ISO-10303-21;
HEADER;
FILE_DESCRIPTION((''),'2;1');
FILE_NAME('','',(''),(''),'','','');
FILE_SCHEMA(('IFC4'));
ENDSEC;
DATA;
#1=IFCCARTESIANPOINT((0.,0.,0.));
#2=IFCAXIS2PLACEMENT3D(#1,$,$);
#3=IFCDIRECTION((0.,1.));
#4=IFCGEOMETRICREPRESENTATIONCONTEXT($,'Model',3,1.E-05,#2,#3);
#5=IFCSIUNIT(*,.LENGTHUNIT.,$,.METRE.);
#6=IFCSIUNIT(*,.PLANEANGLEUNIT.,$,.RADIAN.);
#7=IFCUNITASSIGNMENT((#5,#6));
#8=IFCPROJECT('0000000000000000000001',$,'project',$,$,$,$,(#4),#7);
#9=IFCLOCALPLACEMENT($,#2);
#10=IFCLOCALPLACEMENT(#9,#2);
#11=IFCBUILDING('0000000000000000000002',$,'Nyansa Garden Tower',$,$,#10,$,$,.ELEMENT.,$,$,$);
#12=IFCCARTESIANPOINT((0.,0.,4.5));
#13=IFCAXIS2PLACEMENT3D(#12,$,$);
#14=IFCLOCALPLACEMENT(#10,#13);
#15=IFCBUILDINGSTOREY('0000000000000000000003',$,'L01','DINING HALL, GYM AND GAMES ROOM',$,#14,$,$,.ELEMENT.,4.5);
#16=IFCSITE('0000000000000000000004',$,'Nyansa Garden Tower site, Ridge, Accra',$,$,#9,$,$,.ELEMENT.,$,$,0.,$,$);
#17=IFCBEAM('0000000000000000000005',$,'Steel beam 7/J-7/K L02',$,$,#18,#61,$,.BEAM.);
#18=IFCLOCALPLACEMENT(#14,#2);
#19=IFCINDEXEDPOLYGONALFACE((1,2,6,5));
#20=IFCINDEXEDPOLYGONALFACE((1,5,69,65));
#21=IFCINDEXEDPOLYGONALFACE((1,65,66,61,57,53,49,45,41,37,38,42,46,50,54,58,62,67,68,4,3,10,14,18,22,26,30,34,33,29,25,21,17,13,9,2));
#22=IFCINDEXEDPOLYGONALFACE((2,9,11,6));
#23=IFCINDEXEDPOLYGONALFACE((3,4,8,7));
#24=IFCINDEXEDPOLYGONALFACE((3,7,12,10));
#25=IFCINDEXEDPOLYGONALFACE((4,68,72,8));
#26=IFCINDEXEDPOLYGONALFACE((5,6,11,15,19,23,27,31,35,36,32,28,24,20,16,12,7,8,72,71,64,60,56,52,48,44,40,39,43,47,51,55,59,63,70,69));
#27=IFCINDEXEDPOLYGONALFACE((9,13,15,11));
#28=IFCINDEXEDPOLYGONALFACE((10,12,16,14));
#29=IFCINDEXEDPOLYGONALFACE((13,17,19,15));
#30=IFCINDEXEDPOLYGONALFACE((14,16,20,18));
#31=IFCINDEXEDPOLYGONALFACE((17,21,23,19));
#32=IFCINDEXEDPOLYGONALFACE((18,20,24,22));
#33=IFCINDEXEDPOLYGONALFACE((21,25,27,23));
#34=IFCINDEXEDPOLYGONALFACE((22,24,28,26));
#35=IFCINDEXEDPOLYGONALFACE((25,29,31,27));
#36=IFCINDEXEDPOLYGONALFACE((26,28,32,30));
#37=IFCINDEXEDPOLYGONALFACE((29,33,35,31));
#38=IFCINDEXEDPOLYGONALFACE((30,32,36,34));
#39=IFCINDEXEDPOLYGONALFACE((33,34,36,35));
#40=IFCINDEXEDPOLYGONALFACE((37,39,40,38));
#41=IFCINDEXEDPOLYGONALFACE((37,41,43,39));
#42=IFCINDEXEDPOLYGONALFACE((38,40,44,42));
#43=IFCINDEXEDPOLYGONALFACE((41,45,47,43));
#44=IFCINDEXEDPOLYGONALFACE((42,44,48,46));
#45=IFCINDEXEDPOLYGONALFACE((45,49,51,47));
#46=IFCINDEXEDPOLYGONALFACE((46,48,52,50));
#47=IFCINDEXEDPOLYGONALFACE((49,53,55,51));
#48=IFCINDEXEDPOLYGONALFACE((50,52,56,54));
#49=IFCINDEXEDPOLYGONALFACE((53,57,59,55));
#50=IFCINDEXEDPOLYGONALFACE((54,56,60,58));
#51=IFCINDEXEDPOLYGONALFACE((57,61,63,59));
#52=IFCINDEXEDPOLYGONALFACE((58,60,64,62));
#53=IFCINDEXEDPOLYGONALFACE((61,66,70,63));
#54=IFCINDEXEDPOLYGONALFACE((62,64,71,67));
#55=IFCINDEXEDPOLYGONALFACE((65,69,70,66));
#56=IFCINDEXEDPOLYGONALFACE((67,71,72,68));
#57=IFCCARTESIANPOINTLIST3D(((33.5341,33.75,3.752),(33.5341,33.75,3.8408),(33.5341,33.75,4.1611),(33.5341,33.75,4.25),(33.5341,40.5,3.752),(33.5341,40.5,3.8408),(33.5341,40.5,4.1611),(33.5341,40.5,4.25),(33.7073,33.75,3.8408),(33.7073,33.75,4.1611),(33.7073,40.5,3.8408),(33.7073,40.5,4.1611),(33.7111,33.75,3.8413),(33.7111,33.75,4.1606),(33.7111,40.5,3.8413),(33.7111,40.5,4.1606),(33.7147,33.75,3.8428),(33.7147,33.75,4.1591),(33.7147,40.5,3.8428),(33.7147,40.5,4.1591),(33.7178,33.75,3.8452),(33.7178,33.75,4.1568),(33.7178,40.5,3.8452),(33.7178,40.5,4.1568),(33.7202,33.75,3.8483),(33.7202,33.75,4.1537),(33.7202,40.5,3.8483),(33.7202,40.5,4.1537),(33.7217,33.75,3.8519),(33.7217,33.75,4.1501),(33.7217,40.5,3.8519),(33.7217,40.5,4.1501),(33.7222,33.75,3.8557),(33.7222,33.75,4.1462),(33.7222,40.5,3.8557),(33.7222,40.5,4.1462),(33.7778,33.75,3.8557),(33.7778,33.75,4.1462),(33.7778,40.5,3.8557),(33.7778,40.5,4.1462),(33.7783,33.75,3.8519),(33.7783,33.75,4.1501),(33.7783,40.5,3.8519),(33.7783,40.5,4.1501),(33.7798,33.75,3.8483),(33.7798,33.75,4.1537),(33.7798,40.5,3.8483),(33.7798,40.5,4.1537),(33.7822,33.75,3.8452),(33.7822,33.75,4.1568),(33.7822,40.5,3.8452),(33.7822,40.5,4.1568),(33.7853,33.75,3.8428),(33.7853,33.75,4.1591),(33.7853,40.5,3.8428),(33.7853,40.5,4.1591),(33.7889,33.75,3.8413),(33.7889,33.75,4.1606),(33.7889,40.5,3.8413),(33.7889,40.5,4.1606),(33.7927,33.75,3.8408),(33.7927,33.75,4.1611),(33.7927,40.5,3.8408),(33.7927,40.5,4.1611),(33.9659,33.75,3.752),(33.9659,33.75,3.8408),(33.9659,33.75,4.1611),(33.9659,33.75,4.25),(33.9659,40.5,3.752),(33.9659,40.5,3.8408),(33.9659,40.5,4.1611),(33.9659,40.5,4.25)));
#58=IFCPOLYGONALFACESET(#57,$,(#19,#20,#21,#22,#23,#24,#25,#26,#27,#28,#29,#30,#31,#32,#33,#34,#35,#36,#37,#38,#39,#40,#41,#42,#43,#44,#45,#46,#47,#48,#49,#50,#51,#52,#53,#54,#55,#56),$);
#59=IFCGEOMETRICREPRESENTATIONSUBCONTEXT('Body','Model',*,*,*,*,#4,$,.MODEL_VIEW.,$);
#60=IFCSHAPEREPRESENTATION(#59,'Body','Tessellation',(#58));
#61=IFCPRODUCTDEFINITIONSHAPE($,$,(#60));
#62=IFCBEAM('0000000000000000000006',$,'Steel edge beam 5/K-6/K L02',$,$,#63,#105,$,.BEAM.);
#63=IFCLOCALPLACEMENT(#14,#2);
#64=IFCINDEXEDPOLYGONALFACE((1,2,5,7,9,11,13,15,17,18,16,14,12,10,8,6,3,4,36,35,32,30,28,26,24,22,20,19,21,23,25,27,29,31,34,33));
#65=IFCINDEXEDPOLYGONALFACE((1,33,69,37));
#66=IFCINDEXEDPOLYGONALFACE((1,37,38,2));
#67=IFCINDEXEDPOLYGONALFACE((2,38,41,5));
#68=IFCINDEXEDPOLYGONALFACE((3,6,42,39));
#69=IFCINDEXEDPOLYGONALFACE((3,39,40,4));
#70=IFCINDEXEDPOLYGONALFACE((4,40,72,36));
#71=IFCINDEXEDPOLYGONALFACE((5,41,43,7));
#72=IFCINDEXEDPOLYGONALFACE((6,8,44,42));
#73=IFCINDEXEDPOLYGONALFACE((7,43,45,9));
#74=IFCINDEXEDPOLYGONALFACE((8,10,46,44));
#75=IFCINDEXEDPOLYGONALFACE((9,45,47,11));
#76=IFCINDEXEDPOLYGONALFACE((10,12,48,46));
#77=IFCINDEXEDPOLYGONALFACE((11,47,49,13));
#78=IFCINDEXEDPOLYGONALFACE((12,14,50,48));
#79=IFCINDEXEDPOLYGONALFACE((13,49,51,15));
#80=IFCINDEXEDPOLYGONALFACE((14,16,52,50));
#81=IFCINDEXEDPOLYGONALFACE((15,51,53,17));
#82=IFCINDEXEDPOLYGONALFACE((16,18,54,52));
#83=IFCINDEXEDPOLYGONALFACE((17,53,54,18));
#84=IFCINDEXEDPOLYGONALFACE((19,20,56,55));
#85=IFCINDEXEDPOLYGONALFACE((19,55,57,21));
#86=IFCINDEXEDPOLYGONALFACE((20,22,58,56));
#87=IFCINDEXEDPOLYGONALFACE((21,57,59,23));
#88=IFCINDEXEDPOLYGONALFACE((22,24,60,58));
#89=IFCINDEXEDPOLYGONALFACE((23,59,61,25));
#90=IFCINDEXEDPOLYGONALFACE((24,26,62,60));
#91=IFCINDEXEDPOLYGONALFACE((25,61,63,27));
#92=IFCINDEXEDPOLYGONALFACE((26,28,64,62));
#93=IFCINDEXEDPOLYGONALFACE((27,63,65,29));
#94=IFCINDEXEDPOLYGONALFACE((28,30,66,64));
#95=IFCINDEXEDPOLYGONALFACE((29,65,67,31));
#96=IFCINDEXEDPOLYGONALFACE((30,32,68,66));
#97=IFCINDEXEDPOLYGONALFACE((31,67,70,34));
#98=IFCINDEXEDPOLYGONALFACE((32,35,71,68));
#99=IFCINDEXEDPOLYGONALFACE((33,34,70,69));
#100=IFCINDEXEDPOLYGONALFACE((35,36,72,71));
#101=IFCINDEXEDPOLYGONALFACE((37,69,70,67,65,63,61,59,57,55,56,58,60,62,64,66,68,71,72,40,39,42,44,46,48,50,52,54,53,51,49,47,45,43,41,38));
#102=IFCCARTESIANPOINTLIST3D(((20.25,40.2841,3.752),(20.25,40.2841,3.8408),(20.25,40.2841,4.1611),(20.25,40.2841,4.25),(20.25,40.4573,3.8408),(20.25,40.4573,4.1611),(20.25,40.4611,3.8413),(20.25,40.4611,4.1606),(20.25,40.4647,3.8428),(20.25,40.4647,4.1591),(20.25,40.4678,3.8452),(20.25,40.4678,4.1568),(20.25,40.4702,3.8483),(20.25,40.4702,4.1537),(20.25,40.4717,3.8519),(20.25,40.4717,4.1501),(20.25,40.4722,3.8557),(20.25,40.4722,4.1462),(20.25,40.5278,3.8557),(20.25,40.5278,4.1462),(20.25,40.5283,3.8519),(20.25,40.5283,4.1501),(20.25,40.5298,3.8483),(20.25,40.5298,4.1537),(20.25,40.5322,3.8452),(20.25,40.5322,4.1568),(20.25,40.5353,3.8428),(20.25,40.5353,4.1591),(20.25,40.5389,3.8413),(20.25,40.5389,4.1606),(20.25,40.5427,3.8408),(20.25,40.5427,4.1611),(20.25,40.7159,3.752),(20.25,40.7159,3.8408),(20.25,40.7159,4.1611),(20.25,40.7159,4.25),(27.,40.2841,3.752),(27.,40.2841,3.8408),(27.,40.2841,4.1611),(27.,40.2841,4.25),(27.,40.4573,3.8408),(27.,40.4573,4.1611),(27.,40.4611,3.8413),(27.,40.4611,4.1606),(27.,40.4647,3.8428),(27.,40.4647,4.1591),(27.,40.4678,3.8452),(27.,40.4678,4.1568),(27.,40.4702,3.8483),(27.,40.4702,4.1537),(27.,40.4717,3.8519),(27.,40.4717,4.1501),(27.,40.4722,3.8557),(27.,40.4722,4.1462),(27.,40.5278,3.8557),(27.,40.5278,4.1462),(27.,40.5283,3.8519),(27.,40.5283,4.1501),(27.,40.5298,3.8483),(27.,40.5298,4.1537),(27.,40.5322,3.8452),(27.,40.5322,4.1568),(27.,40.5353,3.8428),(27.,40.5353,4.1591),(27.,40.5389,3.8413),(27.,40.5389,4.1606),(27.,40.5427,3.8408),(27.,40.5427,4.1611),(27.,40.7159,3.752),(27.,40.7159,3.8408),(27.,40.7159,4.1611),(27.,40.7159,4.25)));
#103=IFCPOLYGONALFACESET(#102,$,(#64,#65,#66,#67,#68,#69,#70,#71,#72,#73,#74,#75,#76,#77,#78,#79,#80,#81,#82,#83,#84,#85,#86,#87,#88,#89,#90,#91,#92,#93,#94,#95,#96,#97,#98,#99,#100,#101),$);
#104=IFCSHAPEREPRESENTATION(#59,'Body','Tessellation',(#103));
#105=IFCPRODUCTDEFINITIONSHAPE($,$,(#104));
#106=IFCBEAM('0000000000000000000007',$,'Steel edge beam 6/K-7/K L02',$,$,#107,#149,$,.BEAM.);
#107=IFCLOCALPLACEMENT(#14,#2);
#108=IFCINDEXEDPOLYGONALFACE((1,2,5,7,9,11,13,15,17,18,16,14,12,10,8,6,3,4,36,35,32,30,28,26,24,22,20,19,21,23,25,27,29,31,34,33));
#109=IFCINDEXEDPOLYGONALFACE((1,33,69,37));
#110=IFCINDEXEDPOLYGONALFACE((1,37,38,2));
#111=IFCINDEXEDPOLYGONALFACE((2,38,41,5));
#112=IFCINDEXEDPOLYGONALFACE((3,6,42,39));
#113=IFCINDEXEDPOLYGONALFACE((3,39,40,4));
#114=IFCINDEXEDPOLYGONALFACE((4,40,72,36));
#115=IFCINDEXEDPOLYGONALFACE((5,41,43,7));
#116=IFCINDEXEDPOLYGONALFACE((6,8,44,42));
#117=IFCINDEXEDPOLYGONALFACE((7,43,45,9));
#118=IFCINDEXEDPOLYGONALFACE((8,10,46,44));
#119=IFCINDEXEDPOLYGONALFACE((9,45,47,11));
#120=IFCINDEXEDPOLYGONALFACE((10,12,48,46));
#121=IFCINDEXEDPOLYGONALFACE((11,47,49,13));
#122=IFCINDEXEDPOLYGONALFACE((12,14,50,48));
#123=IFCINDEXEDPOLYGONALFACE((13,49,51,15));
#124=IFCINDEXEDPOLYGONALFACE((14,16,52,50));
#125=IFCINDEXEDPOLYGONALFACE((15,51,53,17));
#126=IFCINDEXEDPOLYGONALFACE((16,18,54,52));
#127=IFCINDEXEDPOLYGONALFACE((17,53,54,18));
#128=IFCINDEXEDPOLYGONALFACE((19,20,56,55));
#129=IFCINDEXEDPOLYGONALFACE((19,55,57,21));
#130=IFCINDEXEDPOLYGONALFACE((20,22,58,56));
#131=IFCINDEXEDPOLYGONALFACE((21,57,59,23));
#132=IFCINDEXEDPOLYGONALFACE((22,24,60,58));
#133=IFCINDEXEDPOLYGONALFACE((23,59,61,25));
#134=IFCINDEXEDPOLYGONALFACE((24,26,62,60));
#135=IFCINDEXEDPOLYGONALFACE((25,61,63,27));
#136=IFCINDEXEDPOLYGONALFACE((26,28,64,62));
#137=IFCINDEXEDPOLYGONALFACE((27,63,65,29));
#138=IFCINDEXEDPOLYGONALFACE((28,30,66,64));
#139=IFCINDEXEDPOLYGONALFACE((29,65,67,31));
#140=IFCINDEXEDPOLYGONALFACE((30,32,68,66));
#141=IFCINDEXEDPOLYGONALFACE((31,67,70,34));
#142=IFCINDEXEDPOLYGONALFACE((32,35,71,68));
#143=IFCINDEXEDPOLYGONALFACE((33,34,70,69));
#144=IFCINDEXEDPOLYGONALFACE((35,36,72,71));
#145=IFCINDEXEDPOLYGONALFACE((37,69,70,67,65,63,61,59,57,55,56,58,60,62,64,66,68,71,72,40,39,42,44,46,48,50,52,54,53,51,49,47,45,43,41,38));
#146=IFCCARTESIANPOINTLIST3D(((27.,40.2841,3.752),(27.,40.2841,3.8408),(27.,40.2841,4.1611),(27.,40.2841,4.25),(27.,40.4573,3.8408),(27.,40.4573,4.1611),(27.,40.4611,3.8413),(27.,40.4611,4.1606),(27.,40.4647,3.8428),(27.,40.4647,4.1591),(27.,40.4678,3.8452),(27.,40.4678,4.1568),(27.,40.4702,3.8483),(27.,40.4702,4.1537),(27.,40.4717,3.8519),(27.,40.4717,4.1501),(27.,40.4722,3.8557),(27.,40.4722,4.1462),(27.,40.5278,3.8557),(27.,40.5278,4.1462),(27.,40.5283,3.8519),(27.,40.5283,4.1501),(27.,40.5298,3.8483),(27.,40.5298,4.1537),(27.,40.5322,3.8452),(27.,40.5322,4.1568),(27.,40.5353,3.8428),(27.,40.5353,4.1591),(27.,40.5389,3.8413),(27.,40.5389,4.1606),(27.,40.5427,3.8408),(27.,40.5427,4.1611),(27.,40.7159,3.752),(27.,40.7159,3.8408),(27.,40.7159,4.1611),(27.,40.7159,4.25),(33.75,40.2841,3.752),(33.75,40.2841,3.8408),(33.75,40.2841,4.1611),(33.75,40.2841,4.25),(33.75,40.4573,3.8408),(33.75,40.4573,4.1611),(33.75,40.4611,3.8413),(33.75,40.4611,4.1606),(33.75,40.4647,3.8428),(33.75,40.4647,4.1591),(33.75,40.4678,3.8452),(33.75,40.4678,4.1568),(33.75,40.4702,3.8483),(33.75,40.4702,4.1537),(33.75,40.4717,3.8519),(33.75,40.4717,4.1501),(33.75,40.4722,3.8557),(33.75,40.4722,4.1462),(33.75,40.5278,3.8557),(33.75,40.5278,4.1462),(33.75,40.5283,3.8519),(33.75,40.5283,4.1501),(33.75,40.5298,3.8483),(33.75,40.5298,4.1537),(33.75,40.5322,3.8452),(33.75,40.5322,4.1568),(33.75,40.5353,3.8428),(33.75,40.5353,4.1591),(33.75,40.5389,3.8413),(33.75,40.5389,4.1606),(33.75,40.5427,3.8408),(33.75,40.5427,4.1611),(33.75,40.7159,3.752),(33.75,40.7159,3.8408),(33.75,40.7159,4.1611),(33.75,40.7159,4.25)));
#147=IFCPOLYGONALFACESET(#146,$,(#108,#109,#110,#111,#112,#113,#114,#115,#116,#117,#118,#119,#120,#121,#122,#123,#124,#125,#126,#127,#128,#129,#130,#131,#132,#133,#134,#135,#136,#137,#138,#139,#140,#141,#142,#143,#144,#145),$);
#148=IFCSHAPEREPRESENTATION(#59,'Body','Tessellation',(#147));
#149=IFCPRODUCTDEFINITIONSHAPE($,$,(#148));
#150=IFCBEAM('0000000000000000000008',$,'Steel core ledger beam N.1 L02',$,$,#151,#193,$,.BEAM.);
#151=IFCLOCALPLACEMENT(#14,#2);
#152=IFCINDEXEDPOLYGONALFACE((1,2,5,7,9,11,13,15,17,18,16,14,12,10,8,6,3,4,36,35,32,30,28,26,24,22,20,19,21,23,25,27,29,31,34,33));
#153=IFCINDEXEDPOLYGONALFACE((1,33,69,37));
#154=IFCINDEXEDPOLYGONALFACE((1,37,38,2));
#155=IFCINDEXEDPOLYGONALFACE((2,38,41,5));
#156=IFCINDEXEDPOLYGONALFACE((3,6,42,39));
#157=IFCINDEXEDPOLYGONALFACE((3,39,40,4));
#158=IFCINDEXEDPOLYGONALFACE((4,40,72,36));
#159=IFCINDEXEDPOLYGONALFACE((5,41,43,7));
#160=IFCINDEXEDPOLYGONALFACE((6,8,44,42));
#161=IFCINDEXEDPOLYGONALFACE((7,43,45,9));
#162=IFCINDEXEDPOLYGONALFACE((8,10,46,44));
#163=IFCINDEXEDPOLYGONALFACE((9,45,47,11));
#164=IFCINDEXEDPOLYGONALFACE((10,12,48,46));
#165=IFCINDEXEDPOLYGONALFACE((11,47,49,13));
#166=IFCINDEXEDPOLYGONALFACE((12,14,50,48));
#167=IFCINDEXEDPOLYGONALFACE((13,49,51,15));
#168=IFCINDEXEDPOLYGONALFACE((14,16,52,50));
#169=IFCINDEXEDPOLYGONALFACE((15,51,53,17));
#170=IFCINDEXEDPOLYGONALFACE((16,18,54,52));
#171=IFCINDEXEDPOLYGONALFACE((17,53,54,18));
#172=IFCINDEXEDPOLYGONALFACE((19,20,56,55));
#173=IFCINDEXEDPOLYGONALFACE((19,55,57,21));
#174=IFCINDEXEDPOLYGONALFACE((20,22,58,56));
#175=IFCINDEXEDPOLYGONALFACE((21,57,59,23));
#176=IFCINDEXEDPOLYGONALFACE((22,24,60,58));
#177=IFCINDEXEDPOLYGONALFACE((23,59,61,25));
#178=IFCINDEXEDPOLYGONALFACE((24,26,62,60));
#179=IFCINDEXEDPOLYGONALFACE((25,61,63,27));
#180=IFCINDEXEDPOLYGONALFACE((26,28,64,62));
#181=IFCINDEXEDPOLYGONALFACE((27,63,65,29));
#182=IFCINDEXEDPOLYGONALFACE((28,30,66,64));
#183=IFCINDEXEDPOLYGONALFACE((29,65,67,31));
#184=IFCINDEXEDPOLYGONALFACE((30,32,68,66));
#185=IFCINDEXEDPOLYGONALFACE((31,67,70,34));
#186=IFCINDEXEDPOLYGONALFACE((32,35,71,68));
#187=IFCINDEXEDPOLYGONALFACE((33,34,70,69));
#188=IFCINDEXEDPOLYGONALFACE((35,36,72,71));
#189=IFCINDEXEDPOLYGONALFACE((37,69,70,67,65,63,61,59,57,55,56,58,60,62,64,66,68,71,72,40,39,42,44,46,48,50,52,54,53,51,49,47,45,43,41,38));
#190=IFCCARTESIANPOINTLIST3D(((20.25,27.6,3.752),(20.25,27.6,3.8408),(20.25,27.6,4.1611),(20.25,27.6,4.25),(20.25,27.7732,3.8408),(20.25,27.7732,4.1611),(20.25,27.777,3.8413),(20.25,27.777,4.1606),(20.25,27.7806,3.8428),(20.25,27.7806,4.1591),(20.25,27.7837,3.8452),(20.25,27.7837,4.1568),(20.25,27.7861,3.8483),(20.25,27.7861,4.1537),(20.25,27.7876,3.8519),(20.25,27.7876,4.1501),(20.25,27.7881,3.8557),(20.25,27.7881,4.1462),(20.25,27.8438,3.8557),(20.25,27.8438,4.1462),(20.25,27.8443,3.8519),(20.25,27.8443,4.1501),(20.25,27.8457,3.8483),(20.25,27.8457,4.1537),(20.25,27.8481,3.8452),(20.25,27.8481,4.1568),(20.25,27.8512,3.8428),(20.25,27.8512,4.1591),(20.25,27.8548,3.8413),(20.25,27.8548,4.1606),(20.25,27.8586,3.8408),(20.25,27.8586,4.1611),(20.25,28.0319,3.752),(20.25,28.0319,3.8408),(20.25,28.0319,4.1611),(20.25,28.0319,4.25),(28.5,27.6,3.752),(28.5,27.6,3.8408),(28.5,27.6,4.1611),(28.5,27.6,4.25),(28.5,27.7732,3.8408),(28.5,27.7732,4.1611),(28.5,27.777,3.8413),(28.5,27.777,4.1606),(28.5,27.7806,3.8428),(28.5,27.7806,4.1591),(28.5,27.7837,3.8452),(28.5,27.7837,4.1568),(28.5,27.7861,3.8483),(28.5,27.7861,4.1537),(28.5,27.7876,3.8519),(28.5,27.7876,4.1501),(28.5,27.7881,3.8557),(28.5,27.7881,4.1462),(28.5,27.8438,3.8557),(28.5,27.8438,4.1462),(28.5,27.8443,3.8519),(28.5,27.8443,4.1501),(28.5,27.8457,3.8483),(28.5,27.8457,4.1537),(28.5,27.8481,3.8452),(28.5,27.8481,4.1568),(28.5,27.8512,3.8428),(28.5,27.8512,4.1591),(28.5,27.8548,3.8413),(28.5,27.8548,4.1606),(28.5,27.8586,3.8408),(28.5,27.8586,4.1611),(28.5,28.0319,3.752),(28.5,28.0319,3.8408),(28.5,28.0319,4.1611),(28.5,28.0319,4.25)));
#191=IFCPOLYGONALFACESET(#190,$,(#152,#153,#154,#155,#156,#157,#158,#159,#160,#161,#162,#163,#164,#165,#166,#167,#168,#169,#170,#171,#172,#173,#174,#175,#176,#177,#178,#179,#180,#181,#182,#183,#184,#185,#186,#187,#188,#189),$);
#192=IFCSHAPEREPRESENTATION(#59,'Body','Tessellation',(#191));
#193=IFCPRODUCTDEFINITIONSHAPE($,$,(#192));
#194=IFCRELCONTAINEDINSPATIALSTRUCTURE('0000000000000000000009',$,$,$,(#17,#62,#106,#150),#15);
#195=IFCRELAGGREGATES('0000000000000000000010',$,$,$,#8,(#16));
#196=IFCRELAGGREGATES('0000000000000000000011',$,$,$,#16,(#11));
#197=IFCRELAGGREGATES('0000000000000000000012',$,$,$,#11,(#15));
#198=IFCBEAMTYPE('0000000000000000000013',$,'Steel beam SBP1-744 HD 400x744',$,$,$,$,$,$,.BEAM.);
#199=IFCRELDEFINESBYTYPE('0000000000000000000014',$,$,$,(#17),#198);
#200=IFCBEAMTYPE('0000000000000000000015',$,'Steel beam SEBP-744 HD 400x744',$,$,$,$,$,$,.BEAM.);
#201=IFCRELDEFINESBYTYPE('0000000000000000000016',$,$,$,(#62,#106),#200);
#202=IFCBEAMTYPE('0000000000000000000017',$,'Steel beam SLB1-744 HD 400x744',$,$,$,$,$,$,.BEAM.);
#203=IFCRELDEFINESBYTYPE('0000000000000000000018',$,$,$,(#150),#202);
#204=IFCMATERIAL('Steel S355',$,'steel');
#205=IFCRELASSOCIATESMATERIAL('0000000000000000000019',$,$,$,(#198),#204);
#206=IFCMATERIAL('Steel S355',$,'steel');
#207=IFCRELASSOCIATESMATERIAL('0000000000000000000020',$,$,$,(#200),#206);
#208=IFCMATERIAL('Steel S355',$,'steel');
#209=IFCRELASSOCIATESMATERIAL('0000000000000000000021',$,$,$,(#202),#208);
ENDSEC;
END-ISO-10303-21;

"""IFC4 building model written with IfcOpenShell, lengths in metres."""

from ifc_helpers import new_model, si_unit, direction, frame, origin, origin_2d, place, context, subcontext, project, spatial, i_section, extrude, material, material_profile, profile_set, type_object, element, save


model = new_model("IFC4")

# Units and contexts
model_context = context("Model", 3, precision=1e-05, world=origin(), true_north=direction((0.0, 1.0)))
body_context = subcontext(model_context, "Body", "Model", "MODEL_VIEW")
ifc_project = project(units=[si_unit("LENGTHUNIT", "METRE"), si_unit("PLANEANGLEUNIT", "RADIAN")], contexts=[model_context])

# Site, building, storey
site_placement = place(None, origin())
site = spatial("IfcSite", under=ifc_project, at=site_placement, Name="Nyansa Garden Tower site, Ridge, Accra", CompositionType="ELEMENT", RefElevation=0.0)
building_placement = place(site_placement, origin())
building = spatial("IfcBuilding", under=site, at=building_placement, Name="Nyansa Garden Tower", CompositionType="ELEMENT")
storey_placement = place(building_placement, frame((0.0, 0.0, 4.5)))
storey = spatial("IfcBuildingStorey", under=building, at=storey_placement, Name="L01", Description="DINING HALL, GYM AND GAMES ROOM", CompositionType="ELEMENT", Elevation=4.5)

# Beams
ifc_material_1 = material(Name="Steel S355", Category="steel")
ifc_material_profile_1 = material_profile(ifc_material_1, i_section(OverallWidth=0.4319, OverallDepth=0.498, WebThickness=0.0557, FlangeThickness=0.0889, FilletRadius=0.0149, at=origin_2d()), Name="HD 400x744")
ifc_profile_set_1 = profile_set([ifc_material_profile_1], Name="Steel S355")
beam_type_1 = type_object("IfcBeamType", Name="Steel beam SBP1-744 HD 400x744", PredefinedType="BEAM", material=ifc_profile_set_1)
for number, where, z_axis, x_axis, name in (
    (1, (33.75, 33.75, 4.001), (0.0, 1.0, 0.0), (-1.0, 0.0, 0.0), "Steel beam 7/J-7/K L02"),
):
    element("IfcBeam", number, at=place(storey_placement, frame(where, z_axis=z_axis, x_axis=x_axis)), inside=storey, type_object=beam_type_1, Name=name, PredefinedType="BEAM", context=body_context, shape_type="SweptSolid", body=[
        extrude(i_section(OverallWidth=0.4319, OverallDepth=0.498, WebThickness=0.0557, FlangeThickness=0.0889, FilletRadius=0.0149, at=origin_2d()), origin(), (0.0, 0.0, 1.0), 6.75),
    ])
ifc_material_2 = material(Name="Steel S355", Category="steel")
ifc_material_profile_2 = material_profile(ifc_material_2, i_section(OverallWidth=0.4319, OverallDepth=0.498, WebThickness=0.0557, FlangeThickness=0.0889, FilletRadius=0.0149, at=origin_2d()), Name="HD 400x744")
ifc_profile_set_2 = profile_set([ifc_material_profile_2], Name="Steel S355")
beam_type_2 = type_object("IfcBeamType", Name="Steel beam SEBP-744 HD 400x744", PredefinedType="BEAM", material=ifc_profile_set_2)
for number, where, z_axis, x_axis, name in (
    (2, (20.25, 40.5, 4.001), (1.0, 0.0, 0.0), (0.0, 1.0, 0.0), "Steel edge beam 5/K-6/K L02"),
    (3, (27.0, 40.5, 4.001), (1.0, 0.0, 0.0), (0.0, 1.0, 0.0), "Steel edge beam 6/K-7/K L02"),
):
    element("IfcBeam", number, at=place(storey_placement, frame(where, z_axis=z_axis, x_axis=x_axis)), inside=storey, type_object=beam_type_2, Name=name, PredefinedType="BEAM", context=body_context, shape_type="SweptSolid", body=[
        extrude(i_section(OverallWidth=0.4319, OverallDepth=0.498, WebThickness=0.0557, FlangeThickness=0.0889, FilletRadius=0.0149, at=origin_2d()), origin(), (0.0, 0.0, 1.0), 6.75),
    ])
ifc_material_3 = material(Name="Steel S355", Category="steel")
ifc_material_profile_3 = material_profile(ifc_material_3, i_section(OverallWidth=0.4319, OverallDepth=0.498, WebThickness=0.0557, FlangeThickness=0.0889, FilletRadius=0.0149, at=origin_2d()), Name="HD 400x744")
ifc_profile_set_3 = profile_set([ifc_material_profile_3], Name="Steel S355")
beam_type_3 = type_object("IfcBeamType", Name="Steel beam SLB1-744 HD 400x744", PredefinedType="BEAM", material=ifc_profile_set_3)
beam_1_placement = place(storey_placement, frame((28.5, 27.8159, 4.001), z_axis=(-1.0, 0.0, 0.0), x_axis=(0.0, -1.0, 0.0)))
element("IfcBeam", 4, at=beam_1_placement, inside=storey, type_object=beam_type_3, Name="Steel core ledger beam N.1 L02", PredefinedType="BEAM", context=body_context, shape_type="SweptSolid", body=[
    extrude(i_section(OverallWidth=0.4319, OverallDepth=0.498, WebThickness=0.0557, FlangeThickness=0.0889, FilletRadius=0.0149, at=origin_2d()), origin(), (0.0, 0.0, 1.0), 8.25),
])

save(model, "model.ifc")
